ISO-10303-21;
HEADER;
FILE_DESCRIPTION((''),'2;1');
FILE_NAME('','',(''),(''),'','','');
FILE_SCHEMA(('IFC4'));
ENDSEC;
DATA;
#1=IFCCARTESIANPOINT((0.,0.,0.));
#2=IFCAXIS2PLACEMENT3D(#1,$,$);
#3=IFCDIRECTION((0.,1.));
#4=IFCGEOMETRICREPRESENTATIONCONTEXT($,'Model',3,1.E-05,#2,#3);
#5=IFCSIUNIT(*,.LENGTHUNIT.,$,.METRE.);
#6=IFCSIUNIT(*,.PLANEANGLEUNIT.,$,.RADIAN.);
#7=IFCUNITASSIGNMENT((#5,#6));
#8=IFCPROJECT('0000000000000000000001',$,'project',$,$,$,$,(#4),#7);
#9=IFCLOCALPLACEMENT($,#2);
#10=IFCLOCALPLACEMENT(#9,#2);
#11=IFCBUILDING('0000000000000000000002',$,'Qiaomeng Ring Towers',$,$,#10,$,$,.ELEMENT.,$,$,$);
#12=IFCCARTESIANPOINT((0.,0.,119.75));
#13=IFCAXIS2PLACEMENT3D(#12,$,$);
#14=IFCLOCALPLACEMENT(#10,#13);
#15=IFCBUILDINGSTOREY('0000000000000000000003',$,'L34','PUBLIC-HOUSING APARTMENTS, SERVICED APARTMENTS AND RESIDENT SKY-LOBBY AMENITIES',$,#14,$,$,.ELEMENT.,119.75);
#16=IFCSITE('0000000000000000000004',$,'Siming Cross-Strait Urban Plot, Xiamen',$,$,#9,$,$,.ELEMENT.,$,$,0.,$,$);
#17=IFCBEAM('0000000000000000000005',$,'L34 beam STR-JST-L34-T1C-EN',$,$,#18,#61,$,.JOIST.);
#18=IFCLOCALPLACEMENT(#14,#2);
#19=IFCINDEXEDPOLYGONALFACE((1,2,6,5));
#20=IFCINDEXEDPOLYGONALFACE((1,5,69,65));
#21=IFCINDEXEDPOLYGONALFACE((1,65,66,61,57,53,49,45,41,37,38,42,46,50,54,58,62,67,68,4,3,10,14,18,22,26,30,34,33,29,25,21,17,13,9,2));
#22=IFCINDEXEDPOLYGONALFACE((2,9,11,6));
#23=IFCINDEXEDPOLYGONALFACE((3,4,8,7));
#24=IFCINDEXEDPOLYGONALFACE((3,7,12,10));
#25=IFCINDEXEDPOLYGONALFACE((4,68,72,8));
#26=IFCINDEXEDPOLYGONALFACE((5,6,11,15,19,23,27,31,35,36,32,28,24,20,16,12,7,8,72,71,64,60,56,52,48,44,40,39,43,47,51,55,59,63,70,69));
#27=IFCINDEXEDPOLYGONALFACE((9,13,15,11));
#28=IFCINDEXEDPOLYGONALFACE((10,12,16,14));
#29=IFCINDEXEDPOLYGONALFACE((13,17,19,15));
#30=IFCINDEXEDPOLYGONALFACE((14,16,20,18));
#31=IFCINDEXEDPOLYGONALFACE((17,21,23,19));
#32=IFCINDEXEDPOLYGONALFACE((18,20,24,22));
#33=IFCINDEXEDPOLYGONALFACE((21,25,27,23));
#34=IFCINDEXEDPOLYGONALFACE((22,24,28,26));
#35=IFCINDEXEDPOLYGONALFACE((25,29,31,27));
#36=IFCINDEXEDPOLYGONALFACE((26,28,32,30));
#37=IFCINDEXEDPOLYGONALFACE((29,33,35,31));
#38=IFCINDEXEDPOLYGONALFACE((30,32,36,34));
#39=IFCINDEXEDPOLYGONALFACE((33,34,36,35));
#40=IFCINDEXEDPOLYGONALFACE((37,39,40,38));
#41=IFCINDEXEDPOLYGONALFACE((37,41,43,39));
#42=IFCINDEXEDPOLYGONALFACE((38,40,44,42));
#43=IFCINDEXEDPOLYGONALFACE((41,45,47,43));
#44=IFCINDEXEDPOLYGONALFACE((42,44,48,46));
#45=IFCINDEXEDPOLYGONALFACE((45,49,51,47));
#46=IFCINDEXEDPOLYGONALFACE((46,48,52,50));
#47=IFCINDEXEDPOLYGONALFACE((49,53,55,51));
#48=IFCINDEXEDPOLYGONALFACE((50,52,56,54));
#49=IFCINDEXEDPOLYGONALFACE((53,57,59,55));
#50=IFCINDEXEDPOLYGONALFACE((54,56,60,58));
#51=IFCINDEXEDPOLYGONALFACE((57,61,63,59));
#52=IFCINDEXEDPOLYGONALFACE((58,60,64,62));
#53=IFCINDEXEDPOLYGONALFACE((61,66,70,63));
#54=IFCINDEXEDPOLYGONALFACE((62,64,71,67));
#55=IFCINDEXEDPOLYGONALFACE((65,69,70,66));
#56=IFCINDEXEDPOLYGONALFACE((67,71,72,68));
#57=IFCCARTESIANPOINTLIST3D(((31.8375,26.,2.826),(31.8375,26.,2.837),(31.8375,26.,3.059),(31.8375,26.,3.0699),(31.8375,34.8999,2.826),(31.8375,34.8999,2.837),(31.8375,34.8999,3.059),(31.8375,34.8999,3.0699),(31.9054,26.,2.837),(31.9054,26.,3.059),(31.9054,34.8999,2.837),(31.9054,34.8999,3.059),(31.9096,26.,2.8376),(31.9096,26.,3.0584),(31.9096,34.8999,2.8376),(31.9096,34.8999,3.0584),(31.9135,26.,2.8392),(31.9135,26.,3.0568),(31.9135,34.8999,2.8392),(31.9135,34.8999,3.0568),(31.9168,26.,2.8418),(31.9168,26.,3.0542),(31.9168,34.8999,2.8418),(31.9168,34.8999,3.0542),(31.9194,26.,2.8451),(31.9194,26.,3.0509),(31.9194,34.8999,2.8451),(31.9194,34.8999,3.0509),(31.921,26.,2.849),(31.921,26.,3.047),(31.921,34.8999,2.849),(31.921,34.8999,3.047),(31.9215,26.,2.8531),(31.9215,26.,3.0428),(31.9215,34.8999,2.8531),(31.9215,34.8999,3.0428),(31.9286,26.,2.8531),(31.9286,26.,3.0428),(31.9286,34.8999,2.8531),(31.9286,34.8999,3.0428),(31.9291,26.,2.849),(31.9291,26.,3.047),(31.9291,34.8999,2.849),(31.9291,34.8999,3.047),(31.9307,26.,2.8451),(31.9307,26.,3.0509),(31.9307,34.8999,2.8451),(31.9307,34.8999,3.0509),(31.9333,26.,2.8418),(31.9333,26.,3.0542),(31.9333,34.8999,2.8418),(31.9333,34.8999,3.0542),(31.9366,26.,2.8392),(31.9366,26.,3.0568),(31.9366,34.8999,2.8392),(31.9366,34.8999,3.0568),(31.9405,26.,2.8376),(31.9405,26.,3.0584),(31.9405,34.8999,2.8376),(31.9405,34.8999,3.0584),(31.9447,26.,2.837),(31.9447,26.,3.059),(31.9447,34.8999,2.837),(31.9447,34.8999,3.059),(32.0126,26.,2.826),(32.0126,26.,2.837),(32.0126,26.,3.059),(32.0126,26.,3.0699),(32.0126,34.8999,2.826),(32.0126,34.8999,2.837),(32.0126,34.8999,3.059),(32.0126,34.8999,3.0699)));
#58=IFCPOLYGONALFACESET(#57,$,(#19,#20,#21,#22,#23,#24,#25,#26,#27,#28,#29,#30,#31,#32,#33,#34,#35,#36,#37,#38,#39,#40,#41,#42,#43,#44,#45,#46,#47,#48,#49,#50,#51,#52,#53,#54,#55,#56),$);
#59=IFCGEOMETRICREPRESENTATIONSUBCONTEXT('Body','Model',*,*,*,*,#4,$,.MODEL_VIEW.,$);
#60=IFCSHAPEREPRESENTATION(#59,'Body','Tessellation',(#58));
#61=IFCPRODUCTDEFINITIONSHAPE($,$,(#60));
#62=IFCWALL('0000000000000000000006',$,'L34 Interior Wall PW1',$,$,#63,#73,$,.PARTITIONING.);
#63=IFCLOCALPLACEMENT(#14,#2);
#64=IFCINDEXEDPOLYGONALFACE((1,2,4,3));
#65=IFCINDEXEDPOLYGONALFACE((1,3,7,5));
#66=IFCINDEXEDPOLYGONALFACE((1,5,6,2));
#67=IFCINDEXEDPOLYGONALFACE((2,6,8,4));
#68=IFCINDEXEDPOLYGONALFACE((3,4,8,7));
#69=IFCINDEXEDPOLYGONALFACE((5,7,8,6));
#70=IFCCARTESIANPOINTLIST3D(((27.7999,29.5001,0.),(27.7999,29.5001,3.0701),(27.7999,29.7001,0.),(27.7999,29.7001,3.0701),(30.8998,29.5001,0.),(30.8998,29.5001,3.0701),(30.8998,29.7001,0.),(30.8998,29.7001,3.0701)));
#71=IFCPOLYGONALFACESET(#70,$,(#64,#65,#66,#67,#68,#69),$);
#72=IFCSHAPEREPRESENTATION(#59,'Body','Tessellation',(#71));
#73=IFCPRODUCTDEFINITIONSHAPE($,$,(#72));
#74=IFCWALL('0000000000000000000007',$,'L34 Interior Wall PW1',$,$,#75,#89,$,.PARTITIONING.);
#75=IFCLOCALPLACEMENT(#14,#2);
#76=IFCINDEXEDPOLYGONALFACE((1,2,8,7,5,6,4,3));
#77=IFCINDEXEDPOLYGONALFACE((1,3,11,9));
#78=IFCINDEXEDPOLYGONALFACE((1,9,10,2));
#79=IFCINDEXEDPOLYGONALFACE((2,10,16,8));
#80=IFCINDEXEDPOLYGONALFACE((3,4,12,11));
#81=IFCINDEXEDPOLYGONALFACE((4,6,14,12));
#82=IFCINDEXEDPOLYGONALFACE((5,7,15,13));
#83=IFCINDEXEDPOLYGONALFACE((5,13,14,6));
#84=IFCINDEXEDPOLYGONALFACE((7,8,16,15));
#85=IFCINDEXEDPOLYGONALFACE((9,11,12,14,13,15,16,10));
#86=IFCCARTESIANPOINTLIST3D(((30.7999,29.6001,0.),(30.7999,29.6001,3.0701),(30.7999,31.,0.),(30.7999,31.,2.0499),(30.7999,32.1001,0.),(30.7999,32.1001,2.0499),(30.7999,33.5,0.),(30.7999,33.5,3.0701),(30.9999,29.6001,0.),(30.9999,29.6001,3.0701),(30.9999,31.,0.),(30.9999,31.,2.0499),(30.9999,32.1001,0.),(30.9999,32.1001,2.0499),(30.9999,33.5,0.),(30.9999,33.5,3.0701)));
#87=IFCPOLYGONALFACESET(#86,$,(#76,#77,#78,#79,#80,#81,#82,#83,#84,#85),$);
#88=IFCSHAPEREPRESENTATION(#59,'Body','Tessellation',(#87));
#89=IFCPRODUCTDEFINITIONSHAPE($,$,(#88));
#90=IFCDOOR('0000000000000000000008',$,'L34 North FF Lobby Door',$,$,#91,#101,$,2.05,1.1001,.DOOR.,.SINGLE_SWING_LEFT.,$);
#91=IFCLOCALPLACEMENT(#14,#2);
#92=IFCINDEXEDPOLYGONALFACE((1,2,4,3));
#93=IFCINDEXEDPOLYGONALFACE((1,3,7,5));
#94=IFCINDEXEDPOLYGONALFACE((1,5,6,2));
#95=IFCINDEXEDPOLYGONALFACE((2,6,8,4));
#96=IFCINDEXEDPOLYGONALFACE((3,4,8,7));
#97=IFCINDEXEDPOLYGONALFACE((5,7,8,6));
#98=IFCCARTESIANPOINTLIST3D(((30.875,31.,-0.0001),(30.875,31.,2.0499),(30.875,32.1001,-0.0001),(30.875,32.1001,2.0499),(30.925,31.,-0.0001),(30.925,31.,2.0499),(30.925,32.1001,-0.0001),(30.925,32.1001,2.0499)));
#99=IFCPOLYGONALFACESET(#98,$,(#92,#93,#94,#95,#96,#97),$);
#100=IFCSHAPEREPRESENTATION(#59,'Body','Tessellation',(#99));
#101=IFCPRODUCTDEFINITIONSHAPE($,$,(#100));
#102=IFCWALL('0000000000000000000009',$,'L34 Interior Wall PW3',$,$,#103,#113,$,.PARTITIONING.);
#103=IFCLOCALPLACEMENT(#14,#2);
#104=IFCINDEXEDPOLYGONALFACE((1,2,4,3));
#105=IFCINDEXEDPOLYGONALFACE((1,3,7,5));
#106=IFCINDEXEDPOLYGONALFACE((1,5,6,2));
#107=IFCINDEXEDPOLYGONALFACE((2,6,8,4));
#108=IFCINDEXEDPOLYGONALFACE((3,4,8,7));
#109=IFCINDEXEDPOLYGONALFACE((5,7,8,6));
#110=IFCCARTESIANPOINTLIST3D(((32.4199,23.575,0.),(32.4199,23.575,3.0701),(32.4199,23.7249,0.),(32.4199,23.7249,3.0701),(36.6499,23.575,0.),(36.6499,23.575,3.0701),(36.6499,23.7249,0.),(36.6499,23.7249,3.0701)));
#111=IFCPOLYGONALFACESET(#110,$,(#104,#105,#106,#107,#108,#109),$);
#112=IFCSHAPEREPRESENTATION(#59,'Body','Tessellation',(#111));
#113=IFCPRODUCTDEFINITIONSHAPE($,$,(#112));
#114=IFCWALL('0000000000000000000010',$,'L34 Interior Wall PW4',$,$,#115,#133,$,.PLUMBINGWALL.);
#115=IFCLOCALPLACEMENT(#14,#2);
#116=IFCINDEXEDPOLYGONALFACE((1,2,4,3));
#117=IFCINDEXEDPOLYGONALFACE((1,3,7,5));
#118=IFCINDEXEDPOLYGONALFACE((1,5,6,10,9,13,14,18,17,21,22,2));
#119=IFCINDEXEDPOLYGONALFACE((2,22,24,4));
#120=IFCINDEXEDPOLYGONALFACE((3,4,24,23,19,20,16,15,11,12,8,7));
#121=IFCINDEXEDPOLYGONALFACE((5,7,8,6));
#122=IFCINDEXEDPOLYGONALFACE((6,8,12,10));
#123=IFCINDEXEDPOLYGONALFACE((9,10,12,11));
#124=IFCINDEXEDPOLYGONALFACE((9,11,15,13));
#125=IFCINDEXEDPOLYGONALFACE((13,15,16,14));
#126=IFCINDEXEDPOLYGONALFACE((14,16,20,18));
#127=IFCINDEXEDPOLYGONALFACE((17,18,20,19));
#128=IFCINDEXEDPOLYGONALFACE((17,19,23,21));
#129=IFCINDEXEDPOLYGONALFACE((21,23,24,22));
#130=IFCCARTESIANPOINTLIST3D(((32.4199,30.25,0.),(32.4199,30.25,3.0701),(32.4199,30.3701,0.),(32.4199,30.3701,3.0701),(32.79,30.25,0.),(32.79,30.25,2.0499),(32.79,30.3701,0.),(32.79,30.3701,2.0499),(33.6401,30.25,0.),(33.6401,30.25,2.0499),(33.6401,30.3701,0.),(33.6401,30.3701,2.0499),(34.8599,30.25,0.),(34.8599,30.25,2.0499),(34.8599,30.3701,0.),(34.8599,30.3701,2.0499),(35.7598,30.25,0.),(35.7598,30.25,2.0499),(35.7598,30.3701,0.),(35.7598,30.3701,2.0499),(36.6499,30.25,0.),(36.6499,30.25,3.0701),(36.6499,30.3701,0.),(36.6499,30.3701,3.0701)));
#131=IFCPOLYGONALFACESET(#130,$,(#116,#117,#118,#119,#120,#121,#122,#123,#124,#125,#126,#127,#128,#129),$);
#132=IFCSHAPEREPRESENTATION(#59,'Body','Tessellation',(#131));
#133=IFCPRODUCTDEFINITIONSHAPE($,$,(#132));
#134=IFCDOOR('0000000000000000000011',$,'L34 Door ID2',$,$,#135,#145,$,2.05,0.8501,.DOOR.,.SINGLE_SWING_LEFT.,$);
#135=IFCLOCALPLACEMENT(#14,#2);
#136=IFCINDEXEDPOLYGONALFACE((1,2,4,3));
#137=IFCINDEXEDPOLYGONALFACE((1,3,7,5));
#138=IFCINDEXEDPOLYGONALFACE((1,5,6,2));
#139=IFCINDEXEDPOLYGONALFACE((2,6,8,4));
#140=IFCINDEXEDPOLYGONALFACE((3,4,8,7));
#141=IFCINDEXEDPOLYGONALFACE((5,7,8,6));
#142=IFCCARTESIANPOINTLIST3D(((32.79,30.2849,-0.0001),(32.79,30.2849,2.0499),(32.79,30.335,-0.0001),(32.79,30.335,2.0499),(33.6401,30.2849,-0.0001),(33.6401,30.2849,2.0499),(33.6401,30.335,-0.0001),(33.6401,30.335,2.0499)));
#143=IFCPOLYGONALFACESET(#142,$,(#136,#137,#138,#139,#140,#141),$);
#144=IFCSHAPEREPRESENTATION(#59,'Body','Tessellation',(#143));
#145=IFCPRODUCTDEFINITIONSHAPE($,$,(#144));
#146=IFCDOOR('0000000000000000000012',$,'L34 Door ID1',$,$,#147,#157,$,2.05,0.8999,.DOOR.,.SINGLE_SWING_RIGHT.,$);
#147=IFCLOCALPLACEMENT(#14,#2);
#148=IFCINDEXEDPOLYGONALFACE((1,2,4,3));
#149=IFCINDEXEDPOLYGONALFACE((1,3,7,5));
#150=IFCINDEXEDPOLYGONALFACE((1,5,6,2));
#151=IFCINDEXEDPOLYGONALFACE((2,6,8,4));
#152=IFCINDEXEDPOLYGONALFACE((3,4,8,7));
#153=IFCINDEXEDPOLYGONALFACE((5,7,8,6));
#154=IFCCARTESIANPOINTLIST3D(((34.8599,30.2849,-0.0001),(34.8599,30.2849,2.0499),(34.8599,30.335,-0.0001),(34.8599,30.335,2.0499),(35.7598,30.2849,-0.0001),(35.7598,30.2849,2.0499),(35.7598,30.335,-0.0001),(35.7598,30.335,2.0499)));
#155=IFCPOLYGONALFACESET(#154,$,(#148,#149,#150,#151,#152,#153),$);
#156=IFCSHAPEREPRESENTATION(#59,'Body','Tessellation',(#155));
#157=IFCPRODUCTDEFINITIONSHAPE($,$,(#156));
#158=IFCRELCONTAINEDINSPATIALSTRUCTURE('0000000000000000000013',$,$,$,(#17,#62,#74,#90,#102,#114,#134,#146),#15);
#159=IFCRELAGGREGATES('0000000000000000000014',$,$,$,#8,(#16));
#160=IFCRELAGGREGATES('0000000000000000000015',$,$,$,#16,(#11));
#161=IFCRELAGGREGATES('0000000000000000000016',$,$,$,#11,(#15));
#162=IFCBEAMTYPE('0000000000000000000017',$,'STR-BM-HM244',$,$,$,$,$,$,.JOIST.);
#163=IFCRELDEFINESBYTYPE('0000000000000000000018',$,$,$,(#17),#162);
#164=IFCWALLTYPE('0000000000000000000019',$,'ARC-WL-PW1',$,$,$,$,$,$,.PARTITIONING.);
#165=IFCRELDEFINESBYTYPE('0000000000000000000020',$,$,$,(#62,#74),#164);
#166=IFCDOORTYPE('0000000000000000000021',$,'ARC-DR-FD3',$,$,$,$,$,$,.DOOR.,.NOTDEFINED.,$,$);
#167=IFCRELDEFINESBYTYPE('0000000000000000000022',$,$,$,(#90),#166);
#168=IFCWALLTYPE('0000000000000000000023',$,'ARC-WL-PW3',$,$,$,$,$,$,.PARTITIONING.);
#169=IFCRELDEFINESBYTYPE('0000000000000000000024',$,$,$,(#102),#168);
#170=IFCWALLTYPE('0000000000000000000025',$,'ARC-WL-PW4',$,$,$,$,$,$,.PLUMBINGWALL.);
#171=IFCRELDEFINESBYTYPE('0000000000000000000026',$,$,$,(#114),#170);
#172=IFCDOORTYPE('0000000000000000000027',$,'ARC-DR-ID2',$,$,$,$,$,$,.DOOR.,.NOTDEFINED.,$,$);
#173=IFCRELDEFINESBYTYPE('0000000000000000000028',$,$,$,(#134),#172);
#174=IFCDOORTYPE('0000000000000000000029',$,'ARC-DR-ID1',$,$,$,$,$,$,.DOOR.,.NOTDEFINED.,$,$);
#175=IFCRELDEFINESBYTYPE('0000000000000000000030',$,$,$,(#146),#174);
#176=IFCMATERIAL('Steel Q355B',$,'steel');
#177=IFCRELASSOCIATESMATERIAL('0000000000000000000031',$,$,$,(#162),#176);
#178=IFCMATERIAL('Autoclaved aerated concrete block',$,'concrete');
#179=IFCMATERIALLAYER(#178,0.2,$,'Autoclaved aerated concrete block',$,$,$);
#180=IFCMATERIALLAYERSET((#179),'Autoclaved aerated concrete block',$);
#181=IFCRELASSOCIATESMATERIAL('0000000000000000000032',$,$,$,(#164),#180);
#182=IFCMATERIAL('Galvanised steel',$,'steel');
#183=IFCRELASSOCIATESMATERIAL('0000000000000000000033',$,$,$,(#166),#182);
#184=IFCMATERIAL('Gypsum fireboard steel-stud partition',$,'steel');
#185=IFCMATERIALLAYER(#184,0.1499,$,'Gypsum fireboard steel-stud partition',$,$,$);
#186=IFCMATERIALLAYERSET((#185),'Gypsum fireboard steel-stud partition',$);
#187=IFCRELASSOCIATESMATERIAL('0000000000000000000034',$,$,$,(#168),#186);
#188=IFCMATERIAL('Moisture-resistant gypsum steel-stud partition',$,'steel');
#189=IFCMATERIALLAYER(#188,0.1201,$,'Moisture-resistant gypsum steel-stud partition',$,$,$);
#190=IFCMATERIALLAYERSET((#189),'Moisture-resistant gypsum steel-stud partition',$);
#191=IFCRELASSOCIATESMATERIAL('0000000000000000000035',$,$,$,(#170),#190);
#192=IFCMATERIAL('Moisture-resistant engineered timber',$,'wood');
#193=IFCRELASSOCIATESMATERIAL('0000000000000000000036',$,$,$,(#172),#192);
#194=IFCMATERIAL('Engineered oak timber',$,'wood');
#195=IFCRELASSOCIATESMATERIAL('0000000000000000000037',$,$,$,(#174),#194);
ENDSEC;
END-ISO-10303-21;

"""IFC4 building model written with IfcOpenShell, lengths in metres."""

from ifc_helpers import new_model, si_unit, direction, frame, frame_2d, origin, origin_2d, place, context, subcontext, project, spatial, rectangle, i_section, extrude, source, transform, mapped, material, layer, layer_set, material_profile, profile_set, type_object, element, fill, save


model = new_model("IFC4")

# Units and contexts
model_context = context("Model", 3, precision=1e-05, world=origin(), true_north=direction((0.0, 1.0)))
body_context = subcontext(model_context, "Body", "Model", "MODEL_VIEW")
ifc_project = project(units=[si_unit("LENGTHUNIT", "METRE"), si_unit("PLANEANGLEUNIT", "RADIAN")], contexts=[model_context])

# Site, building, storey
site_placement = place(None, origin())
site = spatial("IfcSite", under=ifc_project, at=site_placement, Name="Siming Cross-Strait Urban Plot, Xiamen", CompositionType="ELEMENT", RefElevation=0.0)
building_placement = place(site_placement, origin())
building = spatial("IfcBuilding", under=site, at=building_placement, Name="Qiaomeng Ring Towers", CompositionType="ELEMENT")
storey_placement = place(building_placement, frame((0.0, 0.0, 119.75)))
storey = spatial("IfcBuildingStorey", under=building, at=storey_placement, Name="L34", Description="PUBLIC-HOUSING APARTMENTS, SERVICED APARTMENTS AND RESIDENT SKY-LOBBY AMENITIES", CompositionType="ELEMENT", Elevation=119.75)

# Beam
ifc_material_1 = material(Name="Steel Q355B", Category="steel")
ifc_material_profile_1 = material_profile(ifc_material_1, i_section(OverallWidth=0.175, OverallDepth=0.2439, WebThickness=0.0071, FlangeThickness=0.011, FilletRadius=0.0161, at=origin_2d()), Name="HM 244x175x7x11")
ifc_profile_set_1 = profile_set([ifc_material_profile_1], Name="Steel Q355B")
beam_type_1 = type_object("IfcBeamType", Name="STR-BM-HM244", PredefinedType="JOIST", material=ifc_profile_set_1)
shared_shape_1 = source(origin(), body_context, "Body", "SweptSolid", [
    extrude(i_section(OverallWidth=0.175, OverallDepth=0.2439, WebThickness=0.0071, FlangeThickness=0.011, FilletRadius=0.0161, at=origin_2d()), origin(), (0.0, 0.0, 1.0), 8.8999),
])
beam_1_placement = place(storey_placement, frame((31.925, 26.0, 2.948), z_axis=(0.0, 1.0, 0.0), x_axis=(-1.0, 0.0, 0.0)))
element("IfcBeam", 1, at=beam_1_placement, inside=storey, type_object=beam_type_1, Name="L34 beam STR-JST-L34-T1C-EN", PredefinedType="JOIST", context=body_context, shape_type="MappedRepresentation", body=[
    mapped(shared_shape_1, transform((0.0, 0.0, 0.0), x_axis=(1.0, 0.0, 0.0), y_axis=(0.0, 1.0, 0.0), z_axis=(0.0, 0.0, 1.0), scale=1.0)),
])

# Wall
ifc_material_2 = material(Name="Autoclaved aerated concrete block", Category="concrete")
ifc_layer_1 = layer(ifc_material_2, 0.2, Name="Autoclaved aerated concrete block")
ifc_layer_set_1 = layer_set([ifc_layer_1], Name="Autoclaved aerated concrete block")
wall_type_1 = type_object("IfcWallType", Name="ARC-WL-PW1", PredefinedType="PARTITIONING", material=ifc_layer_set_1)
wall_1_placement = place(storey_placement, frame((27.8, 29.6001, 0.0), z_axis=(0.0, 0.0, 1.0), x_axis=(1.0, 0.0, 0.0)))
element("IfcWall", 2, at=wall_1_placement, inside=storey, type_object=wall_type_1, Name="L34 Interior Wall PW1", PredefinedType="PARTITIONING", context=body_context, shape_type="SweptSolid", body=[
    extrude(rectangle(XDim=3.0999, YDim=0.2, at=frame_2d((1.5498, 0.0))), origin(), (0.0, 0.0, 1.0), 3.0701),
])

# Wall, opening, door
wall_2_placement = place(storey_placement, frame((30.8999, 29.6001, 0.0), z_axis=(0.0, 0.0, 1.0), x_axis=(0.0, 1.0, 0.0)))
wall_2 = element("IfcWall", 3, at=wall_2_placement, inside=storey, type_object=wall_type_1, Name="L34 Interior Wall PW1", PredefinedType="PARTITIONING", context=body_context, shape_type="SweptSolid", body=[
    extrude(rectangle(XDim=3.8999, YDim=0.2, at=frame_2d((1.95, 0.0))), origin(), (0.0, 0.0, 1.0), 3.0701),
])
opening_1_placement = place(wall_2_placement, frame((1.3999, 0.0, 0.0)))
opening_1 = element("IfcOpeningElement", 4, at=opening_1_placement, cuts=wall_2, PredefinedType="OPENING", context=body_context, shape_type="SweptSolid", body=[
    extrude(rectangle(XDim=1.1001, YDim=2.05, at=frame_2d((0.55, 1.0249))), frame((0.0, 0.1099, 0.0), z_axis=(0.0, -1.0, 0.0), x_axis=(1.0, 0.0, 0.0)), (0.0, 0.0, 1.0), 0.22),
])
ifc_material_3 = material(Name="Galvanised steel", Category="steel")
door_type_1 = type_object("IfcDoorType", Name="ARC-DR-FD3", OperationType="NOTDEFINED", PredefinedType="DOOR", material=ifc_material_3)
shared_shape_2 = source(origin(), body_context, "Body", "SweptSolid", [
    extrude(rectangle(XDim=1.1001, YDim=2.05, at=frame_2d((0.55, 1.0249))), frame((0.0, 0.0249, 0.0), z_axis=(0.0, -1.0, 0.0), x_axis=(1.0, 0.0, 0.0)), (0.0, 0.0, 1.0), 0.05),
])
door_1_placement = place(opening_1_placement, origin())
door_1 = element("IfcDoor", 5, at=door_1_placement, inside=storey, type_object=door_type_1, Name="L34 North FF Lobby Door", OperationType="SINGLE_SWING_LEFT", OverallHeight=2.05, OverallWidth=1.1001, PredefinedType="DOOR", context=body_context, shape_type="MappedRepresentation", body=[
    mapped(shared_shape_2, transform((0.0, 0.0, 0.0), x_axis=(1.0, 0.0, 0.0), y_axis=(0.0, 1.0, 0.0), z_axis=(0.0, 0.0, 1.0), scale=1.0)),
])
fill(opening_1, door_1)

# Wall
ifc_material_4 = material(Name="Gypsum fireboard steel-stud partition", Category="steel")
ifc_layer_2 = layer(ifc_material_4, 0.1499, Name="Gypsum fireboard steel-stud partition")
ifc_layer_set_2 = layer_set([ifc_layer_2], Name="Gypsum fireboard steel-stud partition")
wall_type_2 = type_object("IfcWallType", Name="ARC-WL-PW3", PredefinedType="PARTITIONING", material=ifc_layer_set_2)
wall_3_placement = place(storey_placement, frame((32.4199, 23.6499, 0.0), z_axis=(0.0, 0.0, 1.0), x_axis=(1.0, 0.0, 0.0)))
element("IfcWall", 6, at=wall_3_placement, inside=storey, type_object=wall_type_2, Name="L34 Interior Wall PW3", PredefinedType="PARTITIONING", context=body_context, shape_type="SweptSolid", body=[
    extrude(rectangle(XDim=4.23, YDim=0.1499, at=frame_2d((2.115, 0.0))), origin(), (0.0, 0.0, 1.0), 3.0701),
])

# Wall, openings, doors
ifc_material_5 = material(Name="Moisture-resistant gypsum steel-stud partition", Category="steel")
ifc_layer_3 = layer(ifc_material_5, 0.1201, Name="Moisture-resistant gypsum steel-stud partition")
ifc_layer_set_3 = layer_set([ifc_layer_3], Name="Moisture-resistant gypsum steel-stud partition")
wall_type_3 = type_object("IfcWallType", Name="ARC-WL-PW4", PredefinedType="PLUMBINGWALL", material=ifc_layer_set_3)
wall_4_placement = place(storey_placement, frame((32.4199, 30.3101, 0.0), z_axis=(0.0, 0.0, 1.0), x_axis=(1.0, 0.0, 0.0)))
wall_4 = element("IfcWall", 7, at=wall_4_placement, inside=storey, type_object=wall_type_3, Name="L34 Interior Wall PW4", PredefinedType="PLUMBINGWALL", context=body_context, shape_type="SweptSolid", body=[
    extrude(rectangle(XDim=4.23, YDim=0.1201, at=frame_2d((2.115, 0.0))), origin(), (0.0, 0.0, 1.0), 3.0701),
])
opening_2_placement = place(wall_4_placement, frame((0.3701, 0.0, 0.0)))
opening_2 = element("IfcOpeningElement", 8, at=opening_2_placement, cuts=wall_4, PredefinedType="OPENING", context=body_context, shape_type="SweptSolid", body=[
    extrude(rectangle(XDim=0.8501, YDim=2.05, at=frame_2d((0.425, 1.0249))), frame((0.0, 0.0701, 0.0), z_axis=(0.0, -1.0, 0.0), x_axis=(1.0, 0.0, 0.0)), (0.0, 0.0, 1.0), 0.1401),
])
opening_3_placement = place(wall_4_placement, frame((2.4399, 0.0, 0.0)))
opening_3 = element("IfcOpeningElement", 9, at=opening_3_placement, cuts=wall_4, PredefinedType="OPENING", context=body_context, shape_type="SweptSolid", body=[
    extrude(rectangle(XDim=0.8999, YDim=2.05, at=frame_2d((0.45, 1.0249))), frame((0.0, 0.0701, 0.0), z_axis=(0.0, -1.0, 0.0), x_axis=(1.0, 0.0, 0.0)), (0.0, 0.0, 1.0), 0.1401),
])
ifc_material_6 = material(Name="Moisture-resistant engineered timber", Category="wood")
door_type_2 = type_object("IfcDoorType", Name="ARC-DR-ID2", OperationType="NOTDEFINED", PredefinedType="DOOR", material=ifc_material_6)
shared_shape_3 = source(origin(), body_context, "Body", "SweptSolid", [
    extrude(rectangle(XDim=0.8501, YDim=2.05, at=frame_2d((0.425, 1.0249))), frame((0.0, 0.0249, 0.0), z_axis=(0.0, -1.0, 0.0), x_axis=(1.0, 0.0, 0.0)), (0.0, 0.0, 1.0), 0.05),
])
door_2_placement = place(opening_2_placement, origin())
door_2 = element("IfcDoor", 10, at=door_2_placement, inside=storey, type_object=door_type_2, Name="L34 Door ID2", OperationType="SINGLE_SWING_LEFT", OverallHeight=2.05, OverallWidth=0.8501, PredefinedType="DOOR", context=body_context, shape_type="MappedRepresentation", body=[
    mapped(shared_shape_3, transform((0.0, 0.0, 0.0), x_axis=(1.0, 0.0, 0.0), y_axis=(0.0, 1.0, 0.0), z_axis=(0.0, 0.0, 1.0), scale=1.0)),
])
fill(opening_2, door_2)
ifc_material_7 = material(Name="Engineered oak timber", Category="wood")
door_type_3 = type_object("IfcDoorType", Name="ARC-DR-ID1", OperationType="NOTDEFINED", PredefinedType="DOOR", material=ifc_material_7)
shared_shape_4 = source(origin(), body_context, "Body", "SweptSolid", [
    extrude(rectangle(XDim=0.8999, YDim=2.05, at=frame_2d((0.45, 1.0249))), frame((0.0, 0.0249, 0.0), z_axis=(0.0, -1.0, 0.0), x_axis=(1.0, 0.0, 0.0)), (0.0, 0.0, 1.0), 0.05),
])
door_3_placement = place(opening_3_placement, origin())
door_3 = element("IfcDoor", 11, at=door_3_placement, inside=storey, type_object=door_type_3, Name="L34 Door ID1", OperationType="SINGLE_SWING_RIGHT", OverallHeight=2.05, OverallWidth=0.8999, PredefinedType="DOOR", context=body_context, shape_type="MappedRepresentation", body=[
    mapped(shared_shape_4, transform((0.0, 0.0, 0.0), x_axis=(1.0, 0.0, 0.0), y_axis=(0.0, 1.0, 0.0), z_axis=(0.0, 0.0, 1.0), scale=1.0)),
])
fill(opening_3, door_3)

save(model, "model.ifc")
